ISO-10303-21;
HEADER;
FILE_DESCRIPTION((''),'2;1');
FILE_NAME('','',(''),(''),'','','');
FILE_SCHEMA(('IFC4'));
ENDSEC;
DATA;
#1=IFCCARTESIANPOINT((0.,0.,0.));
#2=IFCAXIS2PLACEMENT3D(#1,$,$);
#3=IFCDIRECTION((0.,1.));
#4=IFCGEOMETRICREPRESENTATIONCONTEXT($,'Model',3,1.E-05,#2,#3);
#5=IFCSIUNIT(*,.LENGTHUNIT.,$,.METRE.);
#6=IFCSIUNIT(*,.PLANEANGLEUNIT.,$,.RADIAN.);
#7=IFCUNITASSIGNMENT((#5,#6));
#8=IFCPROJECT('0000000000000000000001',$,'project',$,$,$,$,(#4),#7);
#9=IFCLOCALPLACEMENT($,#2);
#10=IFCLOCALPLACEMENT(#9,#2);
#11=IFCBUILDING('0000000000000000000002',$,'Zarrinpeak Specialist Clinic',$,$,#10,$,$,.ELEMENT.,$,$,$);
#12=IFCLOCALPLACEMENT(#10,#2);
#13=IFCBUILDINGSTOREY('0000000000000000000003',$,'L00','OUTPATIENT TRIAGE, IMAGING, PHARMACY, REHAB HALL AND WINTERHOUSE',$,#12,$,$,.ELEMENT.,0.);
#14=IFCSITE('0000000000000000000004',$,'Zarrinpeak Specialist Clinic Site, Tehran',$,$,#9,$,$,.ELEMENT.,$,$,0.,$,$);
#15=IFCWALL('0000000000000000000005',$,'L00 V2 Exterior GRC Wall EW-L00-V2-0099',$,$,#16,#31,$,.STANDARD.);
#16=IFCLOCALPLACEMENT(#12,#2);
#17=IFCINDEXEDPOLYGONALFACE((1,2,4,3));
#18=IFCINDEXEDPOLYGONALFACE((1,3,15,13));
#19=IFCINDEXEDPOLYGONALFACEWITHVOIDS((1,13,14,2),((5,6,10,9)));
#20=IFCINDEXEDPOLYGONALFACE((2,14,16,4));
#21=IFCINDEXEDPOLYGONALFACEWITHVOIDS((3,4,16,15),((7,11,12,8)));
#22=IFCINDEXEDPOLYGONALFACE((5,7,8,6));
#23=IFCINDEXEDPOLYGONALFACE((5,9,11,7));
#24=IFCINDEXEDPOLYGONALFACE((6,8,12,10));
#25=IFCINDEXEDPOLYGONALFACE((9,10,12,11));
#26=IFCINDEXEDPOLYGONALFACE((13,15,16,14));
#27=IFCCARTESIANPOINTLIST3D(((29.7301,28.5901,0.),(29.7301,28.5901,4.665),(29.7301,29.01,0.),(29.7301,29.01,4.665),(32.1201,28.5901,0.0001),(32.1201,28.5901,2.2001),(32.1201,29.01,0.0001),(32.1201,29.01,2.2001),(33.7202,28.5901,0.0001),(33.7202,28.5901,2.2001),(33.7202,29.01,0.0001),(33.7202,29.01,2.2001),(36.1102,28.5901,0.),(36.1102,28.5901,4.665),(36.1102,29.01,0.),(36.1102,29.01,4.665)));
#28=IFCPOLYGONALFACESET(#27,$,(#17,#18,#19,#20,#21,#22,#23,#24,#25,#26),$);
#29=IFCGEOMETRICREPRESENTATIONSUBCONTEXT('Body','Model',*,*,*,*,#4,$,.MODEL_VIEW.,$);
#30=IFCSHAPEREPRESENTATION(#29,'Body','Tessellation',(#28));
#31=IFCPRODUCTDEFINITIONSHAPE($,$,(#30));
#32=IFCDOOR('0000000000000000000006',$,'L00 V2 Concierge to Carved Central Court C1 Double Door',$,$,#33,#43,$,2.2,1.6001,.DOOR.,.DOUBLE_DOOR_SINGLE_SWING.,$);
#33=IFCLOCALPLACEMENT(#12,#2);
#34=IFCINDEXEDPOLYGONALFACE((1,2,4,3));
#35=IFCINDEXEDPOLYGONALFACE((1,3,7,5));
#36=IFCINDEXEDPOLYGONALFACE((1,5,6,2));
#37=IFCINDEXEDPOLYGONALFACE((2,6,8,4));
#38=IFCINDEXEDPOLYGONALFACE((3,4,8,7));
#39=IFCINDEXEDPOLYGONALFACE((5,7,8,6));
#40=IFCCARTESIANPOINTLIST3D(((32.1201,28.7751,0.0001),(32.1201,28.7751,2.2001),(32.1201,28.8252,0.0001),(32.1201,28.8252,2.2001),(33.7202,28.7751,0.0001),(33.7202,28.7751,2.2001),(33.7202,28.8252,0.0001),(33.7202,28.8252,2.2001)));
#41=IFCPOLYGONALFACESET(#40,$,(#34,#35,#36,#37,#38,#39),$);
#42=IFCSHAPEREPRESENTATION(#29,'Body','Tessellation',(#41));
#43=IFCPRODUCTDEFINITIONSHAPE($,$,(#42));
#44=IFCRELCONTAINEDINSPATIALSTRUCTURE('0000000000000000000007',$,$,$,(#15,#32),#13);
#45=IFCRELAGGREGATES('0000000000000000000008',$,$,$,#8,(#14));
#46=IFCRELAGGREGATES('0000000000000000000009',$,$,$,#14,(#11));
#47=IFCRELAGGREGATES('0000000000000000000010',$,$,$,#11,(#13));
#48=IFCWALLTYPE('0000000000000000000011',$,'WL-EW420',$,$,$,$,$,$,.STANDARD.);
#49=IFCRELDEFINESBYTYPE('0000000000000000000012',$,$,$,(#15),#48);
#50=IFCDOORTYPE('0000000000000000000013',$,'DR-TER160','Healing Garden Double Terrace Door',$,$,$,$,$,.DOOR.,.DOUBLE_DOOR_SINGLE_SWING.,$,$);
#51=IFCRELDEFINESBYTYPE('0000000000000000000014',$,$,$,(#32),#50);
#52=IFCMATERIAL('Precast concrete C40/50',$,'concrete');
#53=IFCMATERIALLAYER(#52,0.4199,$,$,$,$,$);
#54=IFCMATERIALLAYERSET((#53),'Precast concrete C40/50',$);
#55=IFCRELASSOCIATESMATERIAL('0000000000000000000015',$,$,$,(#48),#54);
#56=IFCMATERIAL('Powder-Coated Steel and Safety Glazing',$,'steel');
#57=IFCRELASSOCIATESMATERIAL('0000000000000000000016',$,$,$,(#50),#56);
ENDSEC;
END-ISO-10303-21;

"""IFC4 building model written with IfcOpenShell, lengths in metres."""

from ifc_helpers import new_model, si_unit, direction, frame, frame_2d, origin, place, context, subcontext, project, spatial, rectangle, extrude, material, layer, layer_set, type_object, element, fill, save


model = new_model("IFC4")

# Units and contexts
model_context = context("Model", 3, precision=1e-05, world=origin(), true_north=direction((0.0, 1.0)))
body_context = subcontext(model_context, "Body", "Model", "MODEL_VIEW")
ifc_project = project(units=[si_unit("LENGTHUNIT", "METRE"), si_unit("PLANEANGLEUNIT", "RADIAN")], contexts=[model_context])

# Site, building, storey
site_placement = place(None, origin())
site = spatial("IfcSite", under=ifc_project, at=site_placement, Name="Zarrinpeak Specialist Clinic Site, Tehran", CompositionType="ELEMENT", RefElevation=0.0)
building_placement = place(site_placement, origin())
building = spatial("IfcBuilding", under=site, at=building_placement, Name="Zarrinpeak Specialist Clinic", CompositionType="ELEMENT")
storey_placement = place(building_placement, origin())
storey = spatial("IfcBuildingStorey", under=building, at=storey_placement, Name="L00", Description="OUTPATIENT TRIAGE, IMAGING, PHARMACY, REHAB HALL AND WINTERHOUSE", CompositionType="ELEMENT", Elevation=0.0)

# Wall, opening, door
ifc_material_1 = material(Name="Precast concrete C40/50", Category="concrete")
ifc_layer_1 = layer(ifc_material_1, 0.4199)
ifc_layer_set_1 = layer_set([ifc_layer_1], Name="Precast concrete C40/50")
wall_type = type_object("IfcWallType", Name="WL-EW420", PredefinedType="STANDARD", material=ifc_layer_set_1)
wall_placement = place(storey_placement, frame((36.1101, 28.8, 0.0), z_axis=(0.0, 0.0, 1.0), x_axis=(-1.0, 0.0, 0.0)))
wall = element("IfcWall", 1, at=wall_placement, inside=storey, type_object=wall_type, Name="L00 V2 Exterior GRC Wall EW-L00-V2-0099", PredefinedType="STANDARD", context=body_context, shape_type="SweptSolid", body=[
    extrude(rectangle(XDim=6.3801, YDim=0.4199, at=frame_2d((3.1899, 0.0))), origin(), (0.0, 0.0, 1.0), 4.665),
])
opening_placement = place(wall_placement, frame((2.3899, 0.0, 0.0)))
opening = element("IfcOpeningElement", 2, at=opening_placement, cuts=wall, PredefinedType="OPENING", context=body_context, shape_type="SweptSolid", body=[
    extrude(rectangle(XDim=1.6001, YDim=2.2, at=frame_2d((0.8, 1.1001))), frame((0.0, 0.22, 0.0), z_axis=(0.0, -1.0, 0.0), x_axis=(1.0, 0.0, 0.0)), (0.0, 0.0, 1.0), 0.4399),
])
ifc_material_2 = material(Name="Powder-Coated Steel and Safety Glazing", Category="steel")
door_type = type_object("IfcDoorType", Name="DR-TER160", Description="Healing Garden Double Terrace Door", OperationType="DOUBLE_DOOR_SINGLE_SWING", PredefinedType="DOOR", material=ifc_material_2)
door_placement = place(opening_placement, origin())
door = element("IfcDoor", 3, at=door_placement, inside=storey, type_object=door_type, Name="L00 V2 Concierge to Carved Central Court C1 Double Door", OperationType="DOUBLE_DOOR_SINGLE_SWING", OverallHeight=2.2, OverallWidth=1.6001, PredefinedType="DOOR", context=body_context, shape_type="SweptSolid", body=[
    extrude(rectangle(XDim=1.6001, YDim=2.2, at=frame_2d((0.8, 1.1001))), frame((0.0, 0.0249, 0.0), z_axis=(0.0, -1.0, 0.0), x_axis=(1.0, 0.0, 0.0)), (0.0, 0.0, 1.0), 0.05),
])
fill(opening, door)

save(model, "model.ifc")
